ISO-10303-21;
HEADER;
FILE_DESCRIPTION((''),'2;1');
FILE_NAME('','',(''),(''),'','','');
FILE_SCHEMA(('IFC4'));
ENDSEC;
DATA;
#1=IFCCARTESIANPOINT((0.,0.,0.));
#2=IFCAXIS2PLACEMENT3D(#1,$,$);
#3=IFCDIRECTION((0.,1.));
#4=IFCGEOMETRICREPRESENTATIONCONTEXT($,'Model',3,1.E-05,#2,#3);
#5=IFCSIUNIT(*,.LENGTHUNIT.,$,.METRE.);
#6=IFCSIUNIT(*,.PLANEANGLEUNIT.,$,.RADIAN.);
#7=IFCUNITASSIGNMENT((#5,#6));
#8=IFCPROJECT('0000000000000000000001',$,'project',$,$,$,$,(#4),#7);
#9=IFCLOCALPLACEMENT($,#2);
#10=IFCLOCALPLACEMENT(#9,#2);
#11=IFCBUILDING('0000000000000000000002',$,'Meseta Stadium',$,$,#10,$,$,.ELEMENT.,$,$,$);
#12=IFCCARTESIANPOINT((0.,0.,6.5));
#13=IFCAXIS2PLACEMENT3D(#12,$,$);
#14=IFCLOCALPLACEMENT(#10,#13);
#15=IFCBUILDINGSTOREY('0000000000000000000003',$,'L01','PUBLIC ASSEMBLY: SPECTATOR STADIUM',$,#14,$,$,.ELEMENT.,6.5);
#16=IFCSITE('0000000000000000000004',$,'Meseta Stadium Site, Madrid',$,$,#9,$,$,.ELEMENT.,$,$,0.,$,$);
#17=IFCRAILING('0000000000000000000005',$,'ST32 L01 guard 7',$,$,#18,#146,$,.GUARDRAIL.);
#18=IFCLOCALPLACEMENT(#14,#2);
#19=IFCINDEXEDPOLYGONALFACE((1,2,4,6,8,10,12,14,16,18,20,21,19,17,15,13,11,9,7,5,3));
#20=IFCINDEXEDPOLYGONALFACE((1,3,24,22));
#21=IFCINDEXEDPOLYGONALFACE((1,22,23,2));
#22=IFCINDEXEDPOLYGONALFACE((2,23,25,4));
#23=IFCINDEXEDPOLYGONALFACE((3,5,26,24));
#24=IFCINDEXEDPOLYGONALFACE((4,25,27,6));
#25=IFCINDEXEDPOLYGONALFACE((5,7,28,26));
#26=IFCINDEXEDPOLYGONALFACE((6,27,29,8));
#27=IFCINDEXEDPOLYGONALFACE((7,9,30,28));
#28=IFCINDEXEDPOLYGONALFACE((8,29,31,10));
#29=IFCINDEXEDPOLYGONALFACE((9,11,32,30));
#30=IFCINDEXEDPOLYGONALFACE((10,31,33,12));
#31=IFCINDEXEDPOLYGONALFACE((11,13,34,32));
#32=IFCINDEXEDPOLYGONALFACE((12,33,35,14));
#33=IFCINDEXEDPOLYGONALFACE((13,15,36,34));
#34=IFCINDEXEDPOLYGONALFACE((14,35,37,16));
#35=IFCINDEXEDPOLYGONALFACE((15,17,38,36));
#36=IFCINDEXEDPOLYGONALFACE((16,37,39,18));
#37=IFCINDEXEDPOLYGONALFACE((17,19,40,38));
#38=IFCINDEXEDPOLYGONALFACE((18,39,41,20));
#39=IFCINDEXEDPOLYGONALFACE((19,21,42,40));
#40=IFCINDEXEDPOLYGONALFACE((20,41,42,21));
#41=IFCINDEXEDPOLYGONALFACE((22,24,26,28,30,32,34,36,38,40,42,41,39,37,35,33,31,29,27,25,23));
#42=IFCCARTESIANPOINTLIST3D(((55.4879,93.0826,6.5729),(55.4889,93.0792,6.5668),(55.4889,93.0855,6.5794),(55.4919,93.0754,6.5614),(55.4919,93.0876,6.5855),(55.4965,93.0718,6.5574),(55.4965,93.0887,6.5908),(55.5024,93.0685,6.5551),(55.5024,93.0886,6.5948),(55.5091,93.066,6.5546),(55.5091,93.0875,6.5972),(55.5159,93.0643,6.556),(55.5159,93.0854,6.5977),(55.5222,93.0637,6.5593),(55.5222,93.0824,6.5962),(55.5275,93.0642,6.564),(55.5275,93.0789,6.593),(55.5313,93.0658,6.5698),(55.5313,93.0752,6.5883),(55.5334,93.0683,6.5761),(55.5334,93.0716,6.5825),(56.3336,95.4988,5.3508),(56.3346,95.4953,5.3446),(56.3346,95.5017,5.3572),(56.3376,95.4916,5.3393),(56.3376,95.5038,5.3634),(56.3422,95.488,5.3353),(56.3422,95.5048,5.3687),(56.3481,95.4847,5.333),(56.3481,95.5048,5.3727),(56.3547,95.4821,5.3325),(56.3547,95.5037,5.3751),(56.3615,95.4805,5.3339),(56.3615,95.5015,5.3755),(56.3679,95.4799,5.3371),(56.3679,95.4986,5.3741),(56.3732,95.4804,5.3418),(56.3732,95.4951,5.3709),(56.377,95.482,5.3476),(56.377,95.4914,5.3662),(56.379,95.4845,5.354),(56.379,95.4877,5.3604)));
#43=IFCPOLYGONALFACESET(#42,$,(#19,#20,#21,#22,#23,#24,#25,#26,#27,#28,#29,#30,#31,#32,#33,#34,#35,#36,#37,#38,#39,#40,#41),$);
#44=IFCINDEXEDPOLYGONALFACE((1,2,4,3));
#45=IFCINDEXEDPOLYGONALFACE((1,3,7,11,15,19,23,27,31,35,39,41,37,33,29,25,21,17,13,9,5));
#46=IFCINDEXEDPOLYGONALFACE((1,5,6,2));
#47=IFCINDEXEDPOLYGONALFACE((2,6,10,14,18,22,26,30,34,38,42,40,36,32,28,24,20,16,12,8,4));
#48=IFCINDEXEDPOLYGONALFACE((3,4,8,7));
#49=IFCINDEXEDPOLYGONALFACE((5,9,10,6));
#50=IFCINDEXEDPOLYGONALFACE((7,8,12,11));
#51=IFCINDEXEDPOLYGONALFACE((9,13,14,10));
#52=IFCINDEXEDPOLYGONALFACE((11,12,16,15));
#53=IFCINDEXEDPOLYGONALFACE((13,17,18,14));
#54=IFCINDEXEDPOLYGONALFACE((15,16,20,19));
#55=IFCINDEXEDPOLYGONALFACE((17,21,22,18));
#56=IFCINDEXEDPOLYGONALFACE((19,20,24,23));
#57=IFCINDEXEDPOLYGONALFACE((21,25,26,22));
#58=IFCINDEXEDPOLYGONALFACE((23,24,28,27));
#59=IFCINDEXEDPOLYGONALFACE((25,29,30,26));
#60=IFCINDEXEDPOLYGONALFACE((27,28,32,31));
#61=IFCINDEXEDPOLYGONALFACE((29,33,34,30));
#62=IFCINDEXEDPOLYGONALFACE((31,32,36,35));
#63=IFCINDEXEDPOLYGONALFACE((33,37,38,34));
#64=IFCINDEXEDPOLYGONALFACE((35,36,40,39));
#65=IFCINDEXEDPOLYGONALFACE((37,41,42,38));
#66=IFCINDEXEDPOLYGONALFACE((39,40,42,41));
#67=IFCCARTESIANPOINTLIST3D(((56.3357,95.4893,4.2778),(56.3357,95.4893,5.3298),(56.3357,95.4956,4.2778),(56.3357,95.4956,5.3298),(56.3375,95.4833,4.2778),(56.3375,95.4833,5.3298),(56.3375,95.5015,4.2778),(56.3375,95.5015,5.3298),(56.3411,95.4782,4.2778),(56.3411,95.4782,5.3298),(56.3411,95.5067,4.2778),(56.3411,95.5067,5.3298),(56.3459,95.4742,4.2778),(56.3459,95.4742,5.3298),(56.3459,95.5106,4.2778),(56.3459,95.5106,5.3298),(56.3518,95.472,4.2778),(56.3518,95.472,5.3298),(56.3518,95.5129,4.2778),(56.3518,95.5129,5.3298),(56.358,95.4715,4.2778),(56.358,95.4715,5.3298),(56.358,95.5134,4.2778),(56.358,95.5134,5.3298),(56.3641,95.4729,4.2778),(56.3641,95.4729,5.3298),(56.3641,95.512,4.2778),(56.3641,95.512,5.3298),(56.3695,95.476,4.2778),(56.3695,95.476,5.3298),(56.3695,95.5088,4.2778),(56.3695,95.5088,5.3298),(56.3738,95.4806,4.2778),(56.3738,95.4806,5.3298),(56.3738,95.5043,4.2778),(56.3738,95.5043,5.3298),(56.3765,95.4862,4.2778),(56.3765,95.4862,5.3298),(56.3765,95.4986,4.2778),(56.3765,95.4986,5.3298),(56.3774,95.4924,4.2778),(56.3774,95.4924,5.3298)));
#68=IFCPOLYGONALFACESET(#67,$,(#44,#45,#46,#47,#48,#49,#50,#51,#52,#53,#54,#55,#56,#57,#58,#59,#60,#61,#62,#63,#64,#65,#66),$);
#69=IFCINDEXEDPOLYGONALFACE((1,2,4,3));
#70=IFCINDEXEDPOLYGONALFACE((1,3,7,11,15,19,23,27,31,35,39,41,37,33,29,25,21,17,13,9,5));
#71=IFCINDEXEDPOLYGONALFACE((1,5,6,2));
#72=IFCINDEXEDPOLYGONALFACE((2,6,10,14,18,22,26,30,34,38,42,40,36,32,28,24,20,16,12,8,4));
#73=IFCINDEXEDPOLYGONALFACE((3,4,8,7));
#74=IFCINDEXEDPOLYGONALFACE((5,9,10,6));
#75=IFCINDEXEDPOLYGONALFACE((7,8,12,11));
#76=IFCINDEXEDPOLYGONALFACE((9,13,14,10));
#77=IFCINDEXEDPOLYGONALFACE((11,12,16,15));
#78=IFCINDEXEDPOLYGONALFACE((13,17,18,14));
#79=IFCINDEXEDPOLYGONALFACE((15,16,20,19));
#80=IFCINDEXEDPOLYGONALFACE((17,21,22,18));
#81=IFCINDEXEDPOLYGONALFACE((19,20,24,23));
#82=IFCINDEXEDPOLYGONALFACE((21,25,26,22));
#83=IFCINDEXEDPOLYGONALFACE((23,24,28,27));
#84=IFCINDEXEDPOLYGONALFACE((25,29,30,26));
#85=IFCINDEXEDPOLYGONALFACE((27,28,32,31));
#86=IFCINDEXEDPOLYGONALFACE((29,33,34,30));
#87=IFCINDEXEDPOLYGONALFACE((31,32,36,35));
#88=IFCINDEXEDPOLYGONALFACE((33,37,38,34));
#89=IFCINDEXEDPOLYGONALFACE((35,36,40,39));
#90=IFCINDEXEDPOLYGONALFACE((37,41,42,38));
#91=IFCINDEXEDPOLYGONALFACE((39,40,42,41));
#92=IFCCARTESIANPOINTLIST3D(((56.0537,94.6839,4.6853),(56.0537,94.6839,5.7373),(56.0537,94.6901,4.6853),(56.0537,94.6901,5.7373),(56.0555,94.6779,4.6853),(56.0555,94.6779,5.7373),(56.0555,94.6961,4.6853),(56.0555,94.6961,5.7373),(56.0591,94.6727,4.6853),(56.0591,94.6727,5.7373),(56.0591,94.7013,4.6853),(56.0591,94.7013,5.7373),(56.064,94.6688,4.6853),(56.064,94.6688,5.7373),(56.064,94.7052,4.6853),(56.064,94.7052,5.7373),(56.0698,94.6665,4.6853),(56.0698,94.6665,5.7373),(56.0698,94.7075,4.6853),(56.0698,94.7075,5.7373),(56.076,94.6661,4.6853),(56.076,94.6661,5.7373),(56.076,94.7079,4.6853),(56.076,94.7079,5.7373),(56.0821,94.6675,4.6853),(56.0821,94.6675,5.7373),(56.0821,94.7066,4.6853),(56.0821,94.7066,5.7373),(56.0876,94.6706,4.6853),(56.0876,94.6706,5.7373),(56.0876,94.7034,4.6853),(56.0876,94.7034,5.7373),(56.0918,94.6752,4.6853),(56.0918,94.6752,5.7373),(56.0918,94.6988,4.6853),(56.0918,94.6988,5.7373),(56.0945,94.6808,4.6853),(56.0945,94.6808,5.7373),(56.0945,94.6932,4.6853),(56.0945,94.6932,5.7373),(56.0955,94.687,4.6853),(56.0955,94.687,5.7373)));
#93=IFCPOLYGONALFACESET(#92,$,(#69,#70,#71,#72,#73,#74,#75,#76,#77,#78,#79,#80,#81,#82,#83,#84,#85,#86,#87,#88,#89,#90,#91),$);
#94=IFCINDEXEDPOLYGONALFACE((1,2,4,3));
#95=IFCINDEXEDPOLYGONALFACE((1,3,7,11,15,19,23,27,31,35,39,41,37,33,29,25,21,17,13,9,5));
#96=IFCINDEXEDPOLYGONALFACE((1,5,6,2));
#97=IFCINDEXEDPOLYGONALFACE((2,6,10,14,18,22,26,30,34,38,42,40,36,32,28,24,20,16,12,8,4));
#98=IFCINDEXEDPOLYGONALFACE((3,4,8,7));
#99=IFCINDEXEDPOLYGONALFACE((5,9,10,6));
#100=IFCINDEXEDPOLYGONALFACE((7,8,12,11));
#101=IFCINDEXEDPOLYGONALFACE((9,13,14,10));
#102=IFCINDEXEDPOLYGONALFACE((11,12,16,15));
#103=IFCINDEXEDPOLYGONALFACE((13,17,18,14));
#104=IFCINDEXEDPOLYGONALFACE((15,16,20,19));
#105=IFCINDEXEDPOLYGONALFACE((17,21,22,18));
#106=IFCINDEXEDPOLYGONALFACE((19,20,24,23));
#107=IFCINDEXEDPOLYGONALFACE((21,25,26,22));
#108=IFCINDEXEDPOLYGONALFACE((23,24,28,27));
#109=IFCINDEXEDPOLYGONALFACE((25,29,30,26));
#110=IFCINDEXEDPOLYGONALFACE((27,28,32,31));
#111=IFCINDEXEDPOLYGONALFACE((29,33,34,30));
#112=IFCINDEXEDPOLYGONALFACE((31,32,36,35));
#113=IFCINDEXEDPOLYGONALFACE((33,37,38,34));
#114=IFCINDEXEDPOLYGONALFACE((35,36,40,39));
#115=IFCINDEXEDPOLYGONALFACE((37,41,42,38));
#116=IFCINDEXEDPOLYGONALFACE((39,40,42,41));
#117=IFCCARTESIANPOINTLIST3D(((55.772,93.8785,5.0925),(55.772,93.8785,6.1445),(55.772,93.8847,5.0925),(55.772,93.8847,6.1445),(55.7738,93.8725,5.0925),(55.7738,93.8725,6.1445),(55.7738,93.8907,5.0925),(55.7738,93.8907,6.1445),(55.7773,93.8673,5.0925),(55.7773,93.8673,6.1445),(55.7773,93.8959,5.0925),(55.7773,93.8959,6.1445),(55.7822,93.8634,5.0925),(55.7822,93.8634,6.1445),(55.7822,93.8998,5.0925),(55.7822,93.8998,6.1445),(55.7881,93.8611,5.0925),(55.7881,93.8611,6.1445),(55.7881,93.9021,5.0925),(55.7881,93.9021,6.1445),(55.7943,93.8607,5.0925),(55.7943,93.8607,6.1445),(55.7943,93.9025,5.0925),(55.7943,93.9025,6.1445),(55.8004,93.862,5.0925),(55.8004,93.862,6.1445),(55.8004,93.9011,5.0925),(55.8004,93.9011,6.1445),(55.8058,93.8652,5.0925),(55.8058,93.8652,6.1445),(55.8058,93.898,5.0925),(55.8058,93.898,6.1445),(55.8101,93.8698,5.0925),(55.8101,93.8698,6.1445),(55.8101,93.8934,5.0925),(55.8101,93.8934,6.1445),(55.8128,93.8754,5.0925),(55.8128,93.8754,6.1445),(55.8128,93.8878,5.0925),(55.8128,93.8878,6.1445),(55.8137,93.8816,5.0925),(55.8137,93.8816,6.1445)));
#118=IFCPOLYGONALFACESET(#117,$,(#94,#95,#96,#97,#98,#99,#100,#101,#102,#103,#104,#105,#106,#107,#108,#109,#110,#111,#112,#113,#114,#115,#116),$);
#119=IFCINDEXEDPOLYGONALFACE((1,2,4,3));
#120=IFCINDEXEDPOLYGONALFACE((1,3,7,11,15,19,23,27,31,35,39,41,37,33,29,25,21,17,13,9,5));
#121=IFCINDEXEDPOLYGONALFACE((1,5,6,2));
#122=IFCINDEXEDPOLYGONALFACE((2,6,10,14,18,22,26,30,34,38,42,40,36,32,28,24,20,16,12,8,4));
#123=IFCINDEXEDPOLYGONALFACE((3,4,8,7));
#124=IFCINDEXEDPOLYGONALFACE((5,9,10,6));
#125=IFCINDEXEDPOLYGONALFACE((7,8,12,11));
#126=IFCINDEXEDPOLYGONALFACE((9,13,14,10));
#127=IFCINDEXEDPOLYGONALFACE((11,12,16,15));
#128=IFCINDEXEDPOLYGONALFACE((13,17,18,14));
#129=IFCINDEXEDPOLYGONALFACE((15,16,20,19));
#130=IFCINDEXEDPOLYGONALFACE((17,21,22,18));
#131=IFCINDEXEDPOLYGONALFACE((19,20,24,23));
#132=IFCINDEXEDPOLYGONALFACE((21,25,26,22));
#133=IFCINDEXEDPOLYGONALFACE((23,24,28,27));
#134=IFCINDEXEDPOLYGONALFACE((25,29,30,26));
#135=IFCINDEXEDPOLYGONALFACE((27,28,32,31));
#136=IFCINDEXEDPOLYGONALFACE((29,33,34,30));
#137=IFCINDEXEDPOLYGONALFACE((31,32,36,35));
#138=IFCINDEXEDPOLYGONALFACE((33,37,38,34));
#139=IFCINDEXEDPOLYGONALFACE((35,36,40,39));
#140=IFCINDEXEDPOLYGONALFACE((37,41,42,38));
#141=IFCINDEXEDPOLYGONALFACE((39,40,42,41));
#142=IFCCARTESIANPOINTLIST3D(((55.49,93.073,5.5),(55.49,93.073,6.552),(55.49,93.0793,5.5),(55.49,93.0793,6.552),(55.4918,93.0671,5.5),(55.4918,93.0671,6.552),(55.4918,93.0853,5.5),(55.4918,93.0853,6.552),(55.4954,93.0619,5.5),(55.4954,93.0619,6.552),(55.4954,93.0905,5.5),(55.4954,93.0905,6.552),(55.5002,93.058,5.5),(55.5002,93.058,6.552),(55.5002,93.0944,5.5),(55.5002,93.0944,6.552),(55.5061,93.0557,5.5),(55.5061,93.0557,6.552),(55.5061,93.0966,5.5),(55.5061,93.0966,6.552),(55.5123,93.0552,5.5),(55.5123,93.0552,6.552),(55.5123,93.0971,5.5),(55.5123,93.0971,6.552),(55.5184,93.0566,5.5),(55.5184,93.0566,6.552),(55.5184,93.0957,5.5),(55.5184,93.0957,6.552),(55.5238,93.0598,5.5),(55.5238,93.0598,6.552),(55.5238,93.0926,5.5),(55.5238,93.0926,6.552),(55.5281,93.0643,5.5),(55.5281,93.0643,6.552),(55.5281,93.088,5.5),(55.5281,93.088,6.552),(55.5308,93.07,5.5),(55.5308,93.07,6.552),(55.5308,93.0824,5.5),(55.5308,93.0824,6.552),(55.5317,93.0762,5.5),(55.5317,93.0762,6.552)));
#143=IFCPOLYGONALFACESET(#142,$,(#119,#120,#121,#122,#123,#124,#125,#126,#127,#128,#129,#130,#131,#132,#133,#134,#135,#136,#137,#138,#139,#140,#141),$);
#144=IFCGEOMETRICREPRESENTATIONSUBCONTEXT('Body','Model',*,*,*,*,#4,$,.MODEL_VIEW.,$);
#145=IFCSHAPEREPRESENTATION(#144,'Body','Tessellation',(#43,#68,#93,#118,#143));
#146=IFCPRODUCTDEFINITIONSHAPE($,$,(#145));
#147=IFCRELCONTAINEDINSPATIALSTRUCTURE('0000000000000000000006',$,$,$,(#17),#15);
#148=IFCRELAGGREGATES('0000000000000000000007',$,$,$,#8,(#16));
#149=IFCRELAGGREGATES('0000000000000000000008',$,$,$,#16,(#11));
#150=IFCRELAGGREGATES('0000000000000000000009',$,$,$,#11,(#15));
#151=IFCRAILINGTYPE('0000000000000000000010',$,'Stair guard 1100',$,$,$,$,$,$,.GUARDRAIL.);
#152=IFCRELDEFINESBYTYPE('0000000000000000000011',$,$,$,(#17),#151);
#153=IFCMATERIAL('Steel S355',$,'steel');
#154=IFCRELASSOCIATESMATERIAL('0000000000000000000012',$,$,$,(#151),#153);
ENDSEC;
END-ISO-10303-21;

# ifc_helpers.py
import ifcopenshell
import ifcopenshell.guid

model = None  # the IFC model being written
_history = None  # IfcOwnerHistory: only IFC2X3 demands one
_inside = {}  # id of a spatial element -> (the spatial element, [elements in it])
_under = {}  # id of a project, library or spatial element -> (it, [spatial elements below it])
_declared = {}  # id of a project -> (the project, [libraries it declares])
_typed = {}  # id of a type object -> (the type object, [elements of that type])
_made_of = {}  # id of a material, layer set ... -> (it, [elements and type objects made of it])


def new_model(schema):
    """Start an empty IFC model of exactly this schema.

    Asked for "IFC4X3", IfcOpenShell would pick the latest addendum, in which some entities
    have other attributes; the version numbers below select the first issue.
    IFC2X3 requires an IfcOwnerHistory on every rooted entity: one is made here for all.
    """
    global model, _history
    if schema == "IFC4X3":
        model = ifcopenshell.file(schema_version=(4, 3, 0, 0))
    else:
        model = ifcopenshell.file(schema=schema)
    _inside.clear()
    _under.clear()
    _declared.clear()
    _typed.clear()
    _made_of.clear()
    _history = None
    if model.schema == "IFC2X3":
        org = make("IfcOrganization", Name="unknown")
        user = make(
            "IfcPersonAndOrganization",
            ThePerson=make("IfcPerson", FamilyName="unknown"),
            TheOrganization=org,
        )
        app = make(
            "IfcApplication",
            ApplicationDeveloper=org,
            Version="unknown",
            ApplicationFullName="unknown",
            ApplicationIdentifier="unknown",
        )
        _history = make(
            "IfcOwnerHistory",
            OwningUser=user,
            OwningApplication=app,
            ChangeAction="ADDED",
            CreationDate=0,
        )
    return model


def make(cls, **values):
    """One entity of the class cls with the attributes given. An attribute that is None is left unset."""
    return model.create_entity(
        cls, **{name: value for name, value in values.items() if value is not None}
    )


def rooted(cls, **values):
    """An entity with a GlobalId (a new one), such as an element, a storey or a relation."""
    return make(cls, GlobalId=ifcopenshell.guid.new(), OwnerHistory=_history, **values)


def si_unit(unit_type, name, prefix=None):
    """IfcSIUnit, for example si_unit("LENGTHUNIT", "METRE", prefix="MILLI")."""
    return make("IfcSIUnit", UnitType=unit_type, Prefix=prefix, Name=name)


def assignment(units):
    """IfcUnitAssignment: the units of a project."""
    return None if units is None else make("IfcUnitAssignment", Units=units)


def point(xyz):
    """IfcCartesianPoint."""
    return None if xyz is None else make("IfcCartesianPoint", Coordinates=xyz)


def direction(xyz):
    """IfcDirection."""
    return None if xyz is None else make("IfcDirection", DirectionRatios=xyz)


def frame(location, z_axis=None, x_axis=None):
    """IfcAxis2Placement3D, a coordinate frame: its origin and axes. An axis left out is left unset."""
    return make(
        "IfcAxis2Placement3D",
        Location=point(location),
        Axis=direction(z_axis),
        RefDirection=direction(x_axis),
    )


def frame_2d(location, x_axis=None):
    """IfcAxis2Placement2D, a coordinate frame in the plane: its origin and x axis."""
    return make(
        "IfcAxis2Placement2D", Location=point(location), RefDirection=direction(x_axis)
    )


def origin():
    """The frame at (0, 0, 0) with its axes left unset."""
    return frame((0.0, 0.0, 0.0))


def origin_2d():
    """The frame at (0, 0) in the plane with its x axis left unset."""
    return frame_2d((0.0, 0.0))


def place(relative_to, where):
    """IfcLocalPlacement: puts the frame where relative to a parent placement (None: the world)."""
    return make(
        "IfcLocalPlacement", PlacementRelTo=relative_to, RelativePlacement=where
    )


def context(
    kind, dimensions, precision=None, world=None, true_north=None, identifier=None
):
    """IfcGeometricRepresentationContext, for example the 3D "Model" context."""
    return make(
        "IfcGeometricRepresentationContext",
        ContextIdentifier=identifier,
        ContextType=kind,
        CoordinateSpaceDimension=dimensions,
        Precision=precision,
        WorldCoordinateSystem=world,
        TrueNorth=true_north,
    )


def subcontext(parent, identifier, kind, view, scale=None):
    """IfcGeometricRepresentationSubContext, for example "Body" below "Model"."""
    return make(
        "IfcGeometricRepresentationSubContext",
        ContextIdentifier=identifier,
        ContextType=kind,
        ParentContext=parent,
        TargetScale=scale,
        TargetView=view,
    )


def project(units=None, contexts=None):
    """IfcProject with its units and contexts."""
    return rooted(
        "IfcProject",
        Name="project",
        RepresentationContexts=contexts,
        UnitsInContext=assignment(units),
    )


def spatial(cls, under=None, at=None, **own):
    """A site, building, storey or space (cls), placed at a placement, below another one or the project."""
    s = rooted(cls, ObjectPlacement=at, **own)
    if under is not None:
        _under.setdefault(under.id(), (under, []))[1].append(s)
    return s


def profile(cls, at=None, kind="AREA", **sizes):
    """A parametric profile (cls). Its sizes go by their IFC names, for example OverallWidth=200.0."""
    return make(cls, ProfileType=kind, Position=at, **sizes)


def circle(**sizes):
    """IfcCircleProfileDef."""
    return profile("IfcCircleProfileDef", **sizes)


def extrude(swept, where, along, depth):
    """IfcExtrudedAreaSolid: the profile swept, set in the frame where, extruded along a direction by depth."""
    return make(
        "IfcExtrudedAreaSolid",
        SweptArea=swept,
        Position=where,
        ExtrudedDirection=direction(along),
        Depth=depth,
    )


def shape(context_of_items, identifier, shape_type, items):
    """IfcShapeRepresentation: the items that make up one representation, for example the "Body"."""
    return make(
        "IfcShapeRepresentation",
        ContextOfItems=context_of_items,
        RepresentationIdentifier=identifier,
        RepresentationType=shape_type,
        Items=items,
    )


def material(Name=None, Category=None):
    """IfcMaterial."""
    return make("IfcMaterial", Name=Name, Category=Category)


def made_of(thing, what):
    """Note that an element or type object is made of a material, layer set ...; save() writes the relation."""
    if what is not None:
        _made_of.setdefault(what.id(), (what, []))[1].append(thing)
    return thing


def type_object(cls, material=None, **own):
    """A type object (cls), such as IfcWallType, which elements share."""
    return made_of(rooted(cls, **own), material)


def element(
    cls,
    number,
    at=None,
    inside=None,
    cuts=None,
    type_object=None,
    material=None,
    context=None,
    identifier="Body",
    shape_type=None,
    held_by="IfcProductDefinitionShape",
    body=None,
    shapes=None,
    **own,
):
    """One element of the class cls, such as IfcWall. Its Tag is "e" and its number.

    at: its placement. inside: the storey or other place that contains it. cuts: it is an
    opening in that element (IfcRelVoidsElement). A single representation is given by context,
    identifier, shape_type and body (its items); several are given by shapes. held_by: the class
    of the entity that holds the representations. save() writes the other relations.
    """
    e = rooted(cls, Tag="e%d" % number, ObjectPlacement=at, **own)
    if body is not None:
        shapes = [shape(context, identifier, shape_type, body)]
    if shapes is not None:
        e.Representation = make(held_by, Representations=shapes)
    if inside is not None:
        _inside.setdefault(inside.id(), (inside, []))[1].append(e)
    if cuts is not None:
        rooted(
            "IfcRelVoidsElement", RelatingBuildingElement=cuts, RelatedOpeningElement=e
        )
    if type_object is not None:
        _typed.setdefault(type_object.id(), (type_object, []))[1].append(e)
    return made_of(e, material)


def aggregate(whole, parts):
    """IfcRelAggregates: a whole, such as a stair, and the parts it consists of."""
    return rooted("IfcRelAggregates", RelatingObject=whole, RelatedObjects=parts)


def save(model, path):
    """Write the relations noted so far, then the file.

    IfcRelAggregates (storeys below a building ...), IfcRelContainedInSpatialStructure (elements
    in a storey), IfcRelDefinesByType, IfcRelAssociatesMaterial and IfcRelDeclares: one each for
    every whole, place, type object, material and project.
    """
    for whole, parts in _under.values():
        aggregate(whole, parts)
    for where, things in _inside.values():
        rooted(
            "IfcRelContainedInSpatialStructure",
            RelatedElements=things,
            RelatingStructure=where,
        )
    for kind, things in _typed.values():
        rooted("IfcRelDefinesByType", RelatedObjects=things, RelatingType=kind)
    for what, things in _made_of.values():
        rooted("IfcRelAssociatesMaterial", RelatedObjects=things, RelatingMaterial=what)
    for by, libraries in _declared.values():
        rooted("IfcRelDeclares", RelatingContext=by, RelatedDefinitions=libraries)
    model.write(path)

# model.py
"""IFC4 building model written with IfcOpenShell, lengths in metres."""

from ifc_helpers import new_model, si_unit, direction, frame, origin, origin_2d, place, context, subcontext, project, spatial, circle, extrude, material, type_object, element, save


model = new_model("IFC4")

# Units and contexts
model_context = context("Model", 3, precision=1e-05, world=origin(), true_north=direction((0.0, 1.0)))
body_context = subcontext(model_context, "Body", "Model", "MODEL_VIEW")
ifc_project = project(units=[si_unit("LENGTHUNIT", "METRE"), si_unit("PLANEANGLEUNIT", "RADIAN")], contexts=[model_context])

# Site, building, storey
site_placement = place(None, origin())
site = spatial("IfcSite", under=ifc_project, at=site_placement, Name="Meseta Stadium Site, Madrid", CompositionType="ELEMENT", RefElevation=0.0)
building_placement = place(site_placement, origin())
building = spatial("IfcBuilding", under=site, at=building_placement, Name="Meseta Stadium", CompositionType="ELEMENT")
storey_placement = place(building_placement, frame((0.0, 0.0, 6.5)))
storey = spatial("IfcBuildingStorey", under=building, at=storey_placement, Name="L01", Description="PUBLIC ASSEMBLY: SPECTATOR STADIUM", CompositionType="ELEMENT", Elevation=6.5)

# Railing
ifc_material_1 = material(Name="Steel S355", Category="steel")
railing_type_1 = type_object("IfcRailingType", Name="Stair guard 1100", PredefinedType="GUARDRAIL", material=ifc_material_1)
railing_1_placement = place(storey_placement, frame((56.3564, 95.4924, 4.2778)))
element("IfcRailing", 1, at=railing_1_placement, inside=storey, type_object=railing_type_1, Name="ST32 L01 guard 7", PredefinedType="GUARDRAIL", context=body_context, shape_type="SweptSolid", body=[
    extrude(circle(Radius=0.0239, at=origin_2d()), frame((0.0, 0.0, 1.0762), z_axis=(-0.298123, -0.851767, 0.430832), x_axis=(0.943857, -0.330355, 0.0)), (0.0, 0.0, 1.0), 2.8367),
    extrude(circle(Radius=0.021, at=origin_2d()), origin(), (0.0, 0.0, 1.0), 1.052),
    extrude(circle(Radius=0.021, at=origin_2d()), frame((-0.282, -0.8054, 0.4075)), (0.0, 0.0, 1.0), 1.052),
    extrude(circle(Radius=0.021, at=origin_2d()), frame((-0.5637, -1.6108, 0.8147)), (0.0, 0.0, 1.0), 1.052),
    extrude(circle(Radius=0.021, at=origin_2d()), frame((-0.8457, -2.4163, 1.2222)), (0.0, 0.0, 1.0), 1.052),
])

save(model, "model.ifc")
